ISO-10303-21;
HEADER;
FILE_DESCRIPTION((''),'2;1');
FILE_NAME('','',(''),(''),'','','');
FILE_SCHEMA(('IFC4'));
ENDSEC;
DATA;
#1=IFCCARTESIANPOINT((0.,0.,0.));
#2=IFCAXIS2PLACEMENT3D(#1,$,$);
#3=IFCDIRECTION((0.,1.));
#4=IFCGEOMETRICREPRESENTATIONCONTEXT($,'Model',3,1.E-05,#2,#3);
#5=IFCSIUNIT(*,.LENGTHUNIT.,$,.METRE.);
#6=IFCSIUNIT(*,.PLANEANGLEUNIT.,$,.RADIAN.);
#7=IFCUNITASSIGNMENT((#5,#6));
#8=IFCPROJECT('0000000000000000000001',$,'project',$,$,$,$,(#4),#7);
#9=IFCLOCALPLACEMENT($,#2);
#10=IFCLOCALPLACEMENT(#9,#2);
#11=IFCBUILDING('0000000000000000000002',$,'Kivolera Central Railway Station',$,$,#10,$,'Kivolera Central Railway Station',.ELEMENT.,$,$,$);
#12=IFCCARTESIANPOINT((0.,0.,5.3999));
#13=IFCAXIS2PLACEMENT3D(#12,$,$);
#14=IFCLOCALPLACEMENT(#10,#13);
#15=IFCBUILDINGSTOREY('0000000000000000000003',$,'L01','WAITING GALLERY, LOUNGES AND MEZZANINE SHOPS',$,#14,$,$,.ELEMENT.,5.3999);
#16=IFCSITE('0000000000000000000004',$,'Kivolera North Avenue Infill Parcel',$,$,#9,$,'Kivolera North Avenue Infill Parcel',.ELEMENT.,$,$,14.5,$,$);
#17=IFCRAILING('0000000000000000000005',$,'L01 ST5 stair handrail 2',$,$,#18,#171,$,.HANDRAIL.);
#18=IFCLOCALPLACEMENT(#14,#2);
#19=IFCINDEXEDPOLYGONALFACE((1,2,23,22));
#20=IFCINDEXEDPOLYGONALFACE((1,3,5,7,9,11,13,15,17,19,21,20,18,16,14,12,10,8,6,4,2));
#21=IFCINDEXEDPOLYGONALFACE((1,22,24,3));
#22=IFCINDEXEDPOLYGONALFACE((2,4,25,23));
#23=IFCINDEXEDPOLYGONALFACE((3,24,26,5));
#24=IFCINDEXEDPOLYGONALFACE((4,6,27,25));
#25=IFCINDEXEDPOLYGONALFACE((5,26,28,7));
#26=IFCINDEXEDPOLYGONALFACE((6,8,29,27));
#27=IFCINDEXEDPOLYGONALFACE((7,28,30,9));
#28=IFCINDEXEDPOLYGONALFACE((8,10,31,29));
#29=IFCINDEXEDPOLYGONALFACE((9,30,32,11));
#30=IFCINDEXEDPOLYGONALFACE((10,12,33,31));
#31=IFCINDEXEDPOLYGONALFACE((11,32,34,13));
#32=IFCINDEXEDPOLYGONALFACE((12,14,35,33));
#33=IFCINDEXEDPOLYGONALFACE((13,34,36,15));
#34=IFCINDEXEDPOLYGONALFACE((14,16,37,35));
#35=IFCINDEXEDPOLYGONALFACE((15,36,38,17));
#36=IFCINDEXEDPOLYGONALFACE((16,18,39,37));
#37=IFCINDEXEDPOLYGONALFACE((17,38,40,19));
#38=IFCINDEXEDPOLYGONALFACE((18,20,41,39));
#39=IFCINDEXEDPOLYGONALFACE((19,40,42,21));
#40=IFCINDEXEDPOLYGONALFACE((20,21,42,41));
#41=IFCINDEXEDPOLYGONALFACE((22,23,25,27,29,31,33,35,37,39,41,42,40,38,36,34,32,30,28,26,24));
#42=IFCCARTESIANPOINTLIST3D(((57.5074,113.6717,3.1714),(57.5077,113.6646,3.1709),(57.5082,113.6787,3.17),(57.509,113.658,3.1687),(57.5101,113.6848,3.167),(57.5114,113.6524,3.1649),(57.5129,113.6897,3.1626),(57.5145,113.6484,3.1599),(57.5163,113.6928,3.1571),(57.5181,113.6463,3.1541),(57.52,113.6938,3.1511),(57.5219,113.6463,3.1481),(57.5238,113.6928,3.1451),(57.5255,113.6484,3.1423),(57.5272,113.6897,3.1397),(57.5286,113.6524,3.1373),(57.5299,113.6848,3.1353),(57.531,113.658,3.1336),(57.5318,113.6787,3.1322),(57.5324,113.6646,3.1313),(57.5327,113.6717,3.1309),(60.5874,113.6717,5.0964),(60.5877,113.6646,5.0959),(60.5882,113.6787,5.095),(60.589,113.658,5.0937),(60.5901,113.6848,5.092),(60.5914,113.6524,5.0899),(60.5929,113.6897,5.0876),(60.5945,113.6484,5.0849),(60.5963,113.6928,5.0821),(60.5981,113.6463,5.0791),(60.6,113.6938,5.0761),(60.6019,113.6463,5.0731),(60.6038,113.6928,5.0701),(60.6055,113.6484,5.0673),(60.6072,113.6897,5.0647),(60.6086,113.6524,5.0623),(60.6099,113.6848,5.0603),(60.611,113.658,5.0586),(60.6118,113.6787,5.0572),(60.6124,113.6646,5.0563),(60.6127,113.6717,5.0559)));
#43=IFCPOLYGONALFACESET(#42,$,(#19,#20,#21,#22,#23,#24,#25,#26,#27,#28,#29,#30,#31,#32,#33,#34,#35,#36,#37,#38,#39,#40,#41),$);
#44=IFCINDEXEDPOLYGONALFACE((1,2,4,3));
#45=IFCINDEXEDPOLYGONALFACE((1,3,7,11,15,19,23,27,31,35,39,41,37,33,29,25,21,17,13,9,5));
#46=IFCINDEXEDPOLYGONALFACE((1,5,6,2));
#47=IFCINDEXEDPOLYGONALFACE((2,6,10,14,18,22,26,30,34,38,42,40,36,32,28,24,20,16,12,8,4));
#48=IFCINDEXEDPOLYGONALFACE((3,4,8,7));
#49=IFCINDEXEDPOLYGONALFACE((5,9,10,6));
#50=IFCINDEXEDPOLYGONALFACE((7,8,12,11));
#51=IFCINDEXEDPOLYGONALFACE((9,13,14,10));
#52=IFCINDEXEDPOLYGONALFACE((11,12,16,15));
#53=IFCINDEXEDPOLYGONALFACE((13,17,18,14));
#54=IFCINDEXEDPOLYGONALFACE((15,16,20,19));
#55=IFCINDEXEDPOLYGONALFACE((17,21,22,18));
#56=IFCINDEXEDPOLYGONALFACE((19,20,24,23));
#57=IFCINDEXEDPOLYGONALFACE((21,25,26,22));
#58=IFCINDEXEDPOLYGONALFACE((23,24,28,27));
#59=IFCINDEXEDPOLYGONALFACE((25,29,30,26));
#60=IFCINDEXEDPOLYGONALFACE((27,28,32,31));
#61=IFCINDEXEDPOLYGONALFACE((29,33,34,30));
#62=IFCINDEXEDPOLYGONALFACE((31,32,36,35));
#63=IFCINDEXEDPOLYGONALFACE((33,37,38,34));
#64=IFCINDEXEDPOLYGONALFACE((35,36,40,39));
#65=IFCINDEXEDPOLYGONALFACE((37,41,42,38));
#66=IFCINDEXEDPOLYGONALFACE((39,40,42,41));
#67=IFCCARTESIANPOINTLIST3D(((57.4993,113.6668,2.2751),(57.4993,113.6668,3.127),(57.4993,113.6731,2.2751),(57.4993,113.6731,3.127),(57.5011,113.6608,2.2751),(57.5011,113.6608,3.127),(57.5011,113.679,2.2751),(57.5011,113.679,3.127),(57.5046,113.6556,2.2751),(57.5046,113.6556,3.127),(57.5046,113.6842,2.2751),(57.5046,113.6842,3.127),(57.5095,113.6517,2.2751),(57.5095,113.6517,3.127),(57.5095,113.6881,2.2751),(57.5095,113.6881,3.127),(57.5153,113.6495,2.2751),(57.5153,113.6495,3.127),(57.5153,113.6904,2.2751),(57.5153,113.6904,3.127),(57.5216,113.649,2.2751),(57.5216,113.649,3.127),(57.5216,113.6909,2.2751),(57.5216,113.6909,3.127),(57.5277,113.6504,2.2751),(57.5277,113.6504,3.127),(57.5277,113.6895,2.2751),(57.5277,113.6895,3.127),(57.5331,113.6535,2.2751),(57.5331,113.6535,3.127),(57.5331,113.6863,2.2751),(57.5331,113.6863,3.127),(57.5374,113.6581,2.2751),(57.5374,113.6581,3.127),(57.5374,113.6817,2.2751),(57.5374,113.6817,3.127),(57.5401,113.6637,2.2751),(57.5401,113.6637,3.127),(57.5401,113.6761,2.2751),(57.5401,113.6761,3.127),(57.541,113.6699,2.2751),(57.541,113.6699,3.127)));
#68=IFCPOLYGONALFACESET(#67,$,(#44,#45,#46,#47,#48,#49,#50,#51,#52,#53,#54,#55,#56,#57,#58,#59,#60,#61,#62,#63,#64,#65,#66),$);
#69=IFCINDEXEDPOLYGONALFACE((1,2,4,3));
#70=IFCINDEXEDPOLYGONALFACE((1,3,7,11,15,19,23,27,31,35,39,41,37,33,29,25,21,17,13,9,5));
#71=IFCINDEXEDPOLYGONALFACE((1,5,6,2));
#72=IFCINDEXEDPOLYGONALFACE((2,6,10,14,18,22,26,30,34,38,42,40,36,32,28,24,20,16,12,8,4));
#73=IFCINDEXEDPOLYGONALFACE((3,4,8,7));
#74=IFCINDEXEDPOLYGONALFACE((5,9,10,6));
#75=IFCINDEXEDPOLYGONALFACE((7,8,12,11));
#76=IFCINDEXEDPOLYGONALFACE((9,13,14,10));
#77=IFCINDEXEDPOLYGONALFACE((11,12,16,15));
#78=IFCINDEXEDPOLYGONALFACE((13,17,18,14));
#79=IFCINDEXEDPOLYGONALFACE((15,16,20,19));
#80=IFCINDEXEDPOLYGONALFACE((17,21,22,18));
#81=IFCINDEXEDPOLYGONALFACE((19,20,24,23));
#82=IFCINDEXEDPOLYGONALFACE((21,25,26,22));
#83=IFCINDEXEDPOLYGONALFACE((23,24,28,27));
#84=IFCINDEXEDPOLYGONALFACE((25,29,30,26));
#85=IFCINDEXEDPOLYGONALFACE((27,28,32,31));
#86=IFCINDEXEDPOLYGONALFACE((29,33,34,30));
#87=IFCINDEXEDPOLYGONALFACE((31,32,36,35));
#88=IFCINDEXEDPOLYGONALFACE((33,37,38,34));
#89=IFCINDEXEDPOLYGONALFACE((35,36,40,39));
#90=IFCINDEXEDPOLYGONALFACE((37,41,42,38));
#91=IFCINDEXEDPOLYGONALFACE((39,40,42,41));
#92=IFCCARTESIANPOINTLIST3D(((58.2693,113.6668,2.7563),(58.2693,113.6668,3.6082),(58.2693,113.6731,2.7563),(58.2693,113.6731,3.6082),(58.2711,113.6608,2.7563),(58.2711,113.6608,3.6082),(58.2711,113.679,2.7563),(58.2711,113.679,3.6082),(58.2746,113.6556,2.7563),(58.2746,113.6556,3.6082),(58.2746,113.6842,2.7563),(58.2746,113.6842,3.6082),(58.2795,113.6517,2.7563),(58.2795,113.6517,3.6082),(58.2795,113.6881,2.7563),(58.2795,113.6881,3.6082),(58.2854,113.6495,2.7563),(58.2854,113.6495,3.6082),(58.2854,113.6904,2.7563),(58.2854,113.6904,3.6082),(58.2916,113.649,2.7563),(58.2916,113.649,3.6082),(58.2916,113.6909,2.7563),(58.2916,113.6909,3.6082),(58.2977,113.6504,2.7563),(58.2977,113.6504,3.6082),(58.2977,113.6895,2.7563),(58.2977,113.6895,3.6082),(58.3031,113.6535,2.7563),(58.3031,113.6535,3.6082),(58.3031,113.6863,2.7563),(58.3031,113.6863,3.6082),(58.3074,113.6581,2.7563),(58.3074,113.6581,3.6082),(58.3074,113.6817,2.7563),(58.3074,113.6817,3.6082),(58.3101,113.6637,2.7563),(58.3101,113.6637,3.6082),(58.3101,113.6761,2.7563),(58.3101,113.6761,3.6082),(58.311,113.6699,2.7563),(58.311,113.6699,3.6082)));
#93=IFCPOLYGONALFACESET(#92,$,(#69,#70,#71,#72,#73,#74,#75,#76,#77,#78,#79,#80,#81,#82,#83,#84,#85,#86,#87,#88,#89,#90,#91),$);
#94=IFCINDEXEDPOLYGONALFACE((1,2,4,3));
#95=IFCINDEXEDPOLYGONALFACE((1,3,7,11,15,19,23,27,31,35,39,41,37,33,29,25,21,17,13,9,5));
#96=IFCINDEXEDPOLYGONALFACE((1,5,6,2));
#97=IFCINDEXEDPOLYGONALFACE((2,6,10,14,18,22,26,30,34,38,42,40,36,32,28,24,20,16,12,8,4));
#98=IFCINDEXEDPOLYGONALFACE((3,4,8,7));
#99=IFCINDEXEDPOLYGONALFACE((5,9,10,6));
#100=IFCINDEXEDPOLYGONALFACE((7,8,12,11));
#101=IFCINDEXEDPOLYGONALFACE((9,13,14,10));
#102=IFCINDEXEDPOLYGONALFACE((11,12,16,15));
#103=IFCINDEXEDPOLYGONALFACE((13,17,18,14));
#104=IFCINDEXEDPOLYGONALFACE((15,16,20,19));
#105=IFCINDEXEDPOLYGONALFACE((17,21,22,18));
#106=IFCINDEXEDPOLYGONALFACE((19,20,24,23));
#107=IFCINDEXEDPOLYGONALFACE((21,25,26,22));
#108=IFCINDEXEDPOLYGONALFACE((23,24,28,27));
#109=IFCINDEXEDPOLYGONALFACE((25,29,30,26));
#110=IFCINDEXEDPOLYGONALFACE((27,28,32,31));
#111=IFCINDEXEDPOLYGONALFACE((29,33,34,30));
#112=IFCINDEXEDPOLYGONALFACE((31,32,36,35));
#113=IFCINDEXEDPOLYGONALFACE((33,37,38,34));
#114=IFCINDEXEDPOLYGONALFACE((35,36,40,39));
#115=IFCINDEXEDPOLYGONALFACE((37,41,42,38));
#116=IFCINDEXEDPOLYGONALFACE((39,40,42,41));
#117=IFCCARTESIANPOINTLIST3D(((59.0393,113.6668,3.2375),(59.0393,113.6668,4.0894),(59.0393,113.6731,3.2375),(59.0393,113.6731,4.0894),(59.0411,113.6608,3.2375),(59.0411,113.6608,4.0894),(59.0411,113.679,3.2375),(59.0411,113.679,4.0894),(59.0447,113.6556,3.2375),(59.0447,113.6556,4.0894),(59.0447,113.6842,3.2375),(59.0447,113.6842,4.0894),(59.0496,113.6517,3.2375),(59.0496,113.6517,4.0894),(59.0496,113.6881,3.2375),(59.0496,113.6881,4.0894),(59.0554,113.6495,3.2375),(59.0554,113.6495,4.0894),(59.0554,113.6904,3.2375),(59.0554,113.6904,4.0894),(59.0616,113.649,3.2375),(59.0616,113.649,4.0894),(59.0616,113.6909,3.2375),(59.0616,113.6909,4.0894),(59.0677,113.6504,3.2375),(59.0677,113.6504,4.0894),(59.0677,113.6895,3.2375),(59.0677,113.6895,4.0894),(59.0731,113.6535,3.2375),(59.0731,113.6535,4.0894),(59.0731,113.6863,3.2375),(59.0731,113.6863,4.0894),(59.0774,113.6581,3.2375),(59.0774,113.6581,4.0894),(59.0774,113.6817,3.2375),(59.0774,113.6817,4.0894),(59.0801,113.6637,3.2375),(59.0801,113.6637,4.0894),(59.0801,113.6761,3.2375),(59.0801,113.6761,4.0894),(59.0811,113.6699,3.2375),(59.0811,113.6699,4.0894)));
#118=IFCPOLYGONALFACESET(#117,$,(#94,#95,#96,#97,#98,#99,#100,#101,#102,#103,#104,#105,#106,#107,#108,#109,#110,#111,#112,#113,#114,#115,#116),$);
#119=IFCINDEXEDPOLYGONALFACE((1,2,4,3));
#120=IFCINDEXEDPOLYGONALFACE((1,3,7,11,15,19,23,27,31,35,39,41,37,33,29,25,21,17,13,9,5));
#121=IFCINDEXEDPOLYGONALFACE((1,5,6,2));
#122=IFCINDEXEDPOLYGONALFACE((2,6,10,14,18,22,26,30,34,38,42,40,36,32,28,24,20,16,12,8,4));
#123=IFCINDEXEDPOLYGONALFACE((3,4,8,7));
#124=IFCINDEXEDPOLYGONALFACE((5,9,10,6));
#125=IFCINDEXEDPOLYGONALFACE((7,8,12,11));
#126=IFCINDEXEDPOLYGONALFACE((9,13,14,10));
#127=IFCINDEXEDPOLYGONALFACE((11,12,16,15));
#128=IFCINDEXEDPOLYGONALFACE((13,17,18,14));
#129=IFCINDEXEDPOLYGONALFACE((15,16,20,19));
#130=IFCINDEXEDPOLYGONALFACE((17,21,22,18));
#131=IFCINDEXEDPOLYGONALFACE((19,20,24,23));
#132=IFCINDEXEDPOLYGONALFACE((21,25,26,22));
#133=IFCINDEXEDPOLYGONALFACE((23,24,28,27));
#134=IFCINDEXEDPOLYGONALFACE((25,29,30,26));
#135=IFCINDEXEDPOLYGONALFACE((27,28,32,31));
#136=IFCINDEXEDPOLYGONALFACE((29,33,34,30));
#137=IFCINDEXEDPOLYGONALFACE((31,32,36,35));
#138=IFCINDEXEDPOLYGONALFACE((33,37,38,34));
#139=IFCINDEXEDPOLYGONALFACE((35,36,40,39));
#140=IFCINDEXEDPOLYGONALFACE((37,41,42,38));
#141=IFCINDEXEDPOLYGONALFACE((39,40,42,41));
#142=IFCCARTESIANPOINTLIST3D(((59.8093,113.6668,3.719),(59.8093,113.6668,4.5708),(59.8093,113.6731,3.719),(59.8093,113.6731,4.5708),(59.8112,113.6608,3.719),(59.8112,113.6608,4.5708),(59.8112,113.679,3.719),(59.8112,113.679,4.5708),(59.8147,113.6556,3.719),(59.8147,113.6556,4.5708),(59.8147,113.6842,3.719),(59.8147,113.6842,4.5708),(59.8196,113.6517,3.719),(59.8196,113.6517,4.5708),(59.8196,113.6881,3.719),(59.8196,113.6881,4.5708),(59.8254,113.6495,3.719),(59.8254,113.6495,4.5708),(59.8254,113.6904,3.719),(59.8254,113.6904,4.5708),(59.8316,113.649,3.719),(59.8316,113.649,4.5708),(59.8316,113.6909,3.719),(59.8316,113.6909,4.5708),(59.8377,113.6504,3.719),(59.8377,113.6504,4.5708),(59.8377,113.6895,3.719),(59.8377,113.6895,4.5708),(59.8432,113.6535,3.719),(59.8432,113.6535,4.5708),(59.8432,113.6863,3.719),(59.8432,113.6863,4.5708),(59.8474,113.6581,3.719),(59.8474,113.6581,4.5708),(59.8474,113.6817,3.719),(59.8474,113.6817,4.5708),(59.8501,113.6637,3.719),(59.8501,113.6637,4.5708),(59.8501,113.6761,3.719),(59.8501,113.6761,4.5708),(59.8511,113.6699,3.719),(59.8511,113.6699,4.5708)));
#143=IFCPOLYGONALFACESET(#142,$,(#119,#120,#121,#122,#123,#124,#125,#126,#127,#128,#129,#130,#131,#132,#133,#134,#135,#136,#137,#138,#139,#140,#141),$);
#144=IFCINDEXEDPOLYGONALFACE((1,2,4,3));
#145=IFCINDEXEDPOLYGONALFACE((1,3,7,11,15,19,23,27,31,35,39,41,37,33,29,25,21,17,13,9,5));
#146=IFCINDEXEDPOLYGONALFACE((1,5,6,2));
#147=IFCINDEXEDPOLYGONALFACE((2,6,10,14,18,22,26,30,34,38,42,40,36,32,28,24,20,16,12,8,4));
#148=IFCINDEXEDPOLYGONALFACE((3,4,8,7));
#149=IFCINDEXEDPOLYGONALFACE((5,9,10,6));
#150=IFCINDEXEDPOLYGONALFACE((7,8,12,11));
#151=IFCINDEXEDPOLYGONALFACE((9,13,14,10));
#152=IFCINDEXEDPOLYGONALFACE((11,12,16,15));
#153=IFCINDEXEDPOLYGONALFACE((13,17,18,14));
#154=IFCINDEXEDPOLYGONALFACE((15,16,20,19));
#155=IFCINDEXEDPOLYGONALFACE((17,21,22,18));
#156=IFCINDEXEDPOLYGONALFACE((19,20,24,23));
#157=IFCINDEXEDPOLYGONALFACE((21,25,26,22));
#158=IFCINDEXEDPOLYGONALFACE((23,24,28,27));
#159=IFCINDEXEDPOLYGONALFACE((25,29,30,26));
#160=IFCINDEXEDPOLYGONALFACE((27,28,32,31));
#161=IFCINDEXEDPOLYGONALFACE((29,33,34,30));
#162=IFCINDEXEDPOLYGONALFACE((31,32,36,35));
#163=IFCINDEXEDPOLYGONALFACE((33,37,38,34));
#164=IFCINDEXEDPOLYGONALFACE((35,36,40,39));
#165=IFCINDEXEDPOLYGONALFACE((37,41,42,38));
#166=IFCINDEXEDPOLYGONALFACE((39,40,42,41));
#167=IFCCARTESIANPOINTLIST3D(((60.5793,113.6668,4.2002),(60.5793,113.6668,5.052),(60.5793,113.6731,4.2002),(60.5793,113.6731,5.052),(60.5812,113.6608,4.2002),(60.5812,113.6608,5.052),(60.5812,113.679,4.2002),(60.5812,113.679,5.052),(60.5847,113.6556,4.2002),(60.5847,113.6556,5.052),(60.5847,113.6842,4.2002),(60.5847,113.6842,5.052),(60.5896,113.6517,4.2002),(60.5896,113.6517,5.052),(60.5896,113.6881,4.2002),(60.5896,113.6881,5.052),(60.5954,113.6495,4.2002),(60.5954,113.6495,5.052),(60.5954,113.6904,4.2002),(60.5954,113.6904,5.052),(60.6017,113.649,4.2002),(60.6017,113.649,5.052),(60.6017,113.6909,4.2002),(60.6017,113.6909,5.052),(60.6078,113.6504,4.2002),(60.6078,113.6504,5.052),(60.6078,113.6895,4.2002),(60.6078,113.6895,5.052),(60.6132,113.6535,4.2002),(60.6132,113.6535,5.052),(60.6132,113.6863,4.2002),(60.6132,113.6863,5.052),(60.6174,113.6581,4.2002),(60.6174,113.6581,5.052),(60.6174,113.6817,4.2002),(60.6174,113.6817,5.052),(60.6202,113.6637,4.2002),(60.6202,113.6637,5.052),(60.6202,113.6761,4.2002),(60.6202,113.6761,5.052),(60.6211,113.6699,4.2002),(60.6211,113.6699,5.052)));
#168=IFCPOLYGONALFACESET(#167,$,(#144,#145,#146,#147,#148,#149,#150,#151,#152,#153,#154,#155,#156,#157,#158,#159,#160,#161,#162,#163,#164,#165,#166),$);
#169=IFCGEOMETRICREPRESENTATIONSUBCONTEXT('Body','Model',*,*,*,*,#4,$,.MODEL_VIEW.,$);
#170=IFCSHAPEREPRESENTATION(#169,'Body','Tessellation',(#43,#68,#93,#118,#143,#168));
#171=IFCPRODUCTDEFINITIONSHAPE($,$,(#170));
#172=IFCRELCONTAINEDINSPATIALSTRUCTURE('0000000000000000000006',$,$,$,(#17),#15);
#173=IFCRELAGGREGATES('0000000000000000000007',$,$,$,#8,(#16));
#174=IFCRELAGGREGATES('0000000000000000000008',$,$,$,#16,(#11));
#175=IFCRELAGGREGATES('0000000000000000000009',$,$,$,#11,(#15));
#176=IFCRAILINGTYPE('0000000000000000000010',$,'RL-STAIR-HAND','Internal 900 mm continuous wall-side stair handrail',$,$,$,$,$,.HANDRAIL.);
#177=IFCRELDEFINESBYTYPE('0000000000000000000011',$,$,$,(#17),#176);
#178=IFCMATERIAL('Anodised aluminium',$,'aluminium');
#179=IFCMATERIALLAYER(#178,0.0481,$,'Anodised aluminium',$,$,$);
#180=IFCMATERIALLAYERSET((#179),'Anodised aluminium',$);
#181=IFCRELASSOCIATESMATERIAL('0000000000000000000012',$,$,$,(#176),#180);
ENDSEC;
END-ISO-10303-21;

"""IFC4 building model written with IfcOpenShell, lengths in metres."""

from ifc_helpers import new_model, si_unit, direction, frame, origin, origin_2d, place, context, subcontext, project, spatial, circle, extrude, material, layer, layer_set, type_object, element, save


model = new_model("IFC4")

# Units and contexts
model_context = context("Model", 3, precision=1e-05, world=origin(), true_north=direction((0.0, 1.0)))
body_context = subcontext(model_context, "Body", "Model", "MODEL_VIEW")
ifc_project = project(units=[si_unit("LENGTHUNIT", "METRE"), si_unit("PLANEANGLEUNIT", "RADIAN")], contexts=[model_context])

# Site, building, storey
site_placement = place(None, origin())
site = spatial("IfcSite", under=ifc_project, at=site_placement, Name="Kivolera North Avenue Infill Parcel", LongName="Kivolera North Avenue Infill Parcel", CompositionType="ELEMENT", RefElevation=14.5)
building_placement = place(site_placement, origin())
building = spatial("IfcBuilding", under=site, at=building_placement, Name="Kivolera Central Railway Station", LongName="Kivolera Central Railway Station", CompositionType="ELEMENT")
storey_placement = place(building_placement, frame((0.0, 0.0, 5.3999)))
storey = spatial("IfcBuildingStorey", under=building, at=storey_placement, Name="L01", Description="WAITING GALLERY, LOUNGES AND MEZZANINE SHOPS", CompositionType="ELEMENT", Elevation=5.3999)

# Shared definitions
ifc_material_1 = material(Name="Anodised aluminium", Category="aluminium")

# Railing
ifc_layer_1 = layer(ifc_material_1, 0.0481, Name="Anodised aluminium")
ifc_layer_set_1 = layer_set([ifc_layer_1], Name="Anodised aluminium")
railing_type_1 = type_object("IfcRailingType", Name="RL-STAIR-HAND", Description="Internal 900 mm continuous wall-side stair handrail", PredefinedType="HANDRAIL", material=ifc_layer_set_1)
railing_1_placement = place(storey_placement, frame((57.52, 113.6699, 2.2751)))
element("IfcRailing", 1, at=railing_1_placement, inside=storey, type_object=railing_type_1, Name="L01 ST5 stair handrail 2", PredefinedType="HANDRAIL", context=body_context, shape_type="SweptSolid", body=[
    extrude(circle(Radius=0.0239, at=origin_2d()), frame((0.0, 0.0, 0.876), z_axis=(0.847998, 0.0, 0.529999), x_axis=(0.0, 1.0, 0.0)), (0.0, 0.0, 1.0), 3.6321),
    extrude(circle(Radius=0.021, at=origin_2d()), origin(), (0.0, 0.0, 1.0), 0.8518),
    extrude(circle(Radius=0.021, at=origin_2d()), frame((0.77, 0.0, 0.4812)), (0.0, 0.0, 1.0), 0.8518),
    extrude(circle(Radius=0.021, at=origin_2d()), frame((1.54, 0.0, 0.9624)), (0.0, 0.0, 1.0), 0.8518),
    extrude(circle(Radius=0.021, at=origin_2d()), frame((2.3101, 0.0, 1.4438)), (0.0, 0.0, 1.0), 0.8518),
    extrude(circle(Radius=0.021, at=origin_2d()), frame((3.0801, 0.0, 1.925)), (0.0, 0.0, 1.0), 0.8518),
])

save(model, "model.ifc")
